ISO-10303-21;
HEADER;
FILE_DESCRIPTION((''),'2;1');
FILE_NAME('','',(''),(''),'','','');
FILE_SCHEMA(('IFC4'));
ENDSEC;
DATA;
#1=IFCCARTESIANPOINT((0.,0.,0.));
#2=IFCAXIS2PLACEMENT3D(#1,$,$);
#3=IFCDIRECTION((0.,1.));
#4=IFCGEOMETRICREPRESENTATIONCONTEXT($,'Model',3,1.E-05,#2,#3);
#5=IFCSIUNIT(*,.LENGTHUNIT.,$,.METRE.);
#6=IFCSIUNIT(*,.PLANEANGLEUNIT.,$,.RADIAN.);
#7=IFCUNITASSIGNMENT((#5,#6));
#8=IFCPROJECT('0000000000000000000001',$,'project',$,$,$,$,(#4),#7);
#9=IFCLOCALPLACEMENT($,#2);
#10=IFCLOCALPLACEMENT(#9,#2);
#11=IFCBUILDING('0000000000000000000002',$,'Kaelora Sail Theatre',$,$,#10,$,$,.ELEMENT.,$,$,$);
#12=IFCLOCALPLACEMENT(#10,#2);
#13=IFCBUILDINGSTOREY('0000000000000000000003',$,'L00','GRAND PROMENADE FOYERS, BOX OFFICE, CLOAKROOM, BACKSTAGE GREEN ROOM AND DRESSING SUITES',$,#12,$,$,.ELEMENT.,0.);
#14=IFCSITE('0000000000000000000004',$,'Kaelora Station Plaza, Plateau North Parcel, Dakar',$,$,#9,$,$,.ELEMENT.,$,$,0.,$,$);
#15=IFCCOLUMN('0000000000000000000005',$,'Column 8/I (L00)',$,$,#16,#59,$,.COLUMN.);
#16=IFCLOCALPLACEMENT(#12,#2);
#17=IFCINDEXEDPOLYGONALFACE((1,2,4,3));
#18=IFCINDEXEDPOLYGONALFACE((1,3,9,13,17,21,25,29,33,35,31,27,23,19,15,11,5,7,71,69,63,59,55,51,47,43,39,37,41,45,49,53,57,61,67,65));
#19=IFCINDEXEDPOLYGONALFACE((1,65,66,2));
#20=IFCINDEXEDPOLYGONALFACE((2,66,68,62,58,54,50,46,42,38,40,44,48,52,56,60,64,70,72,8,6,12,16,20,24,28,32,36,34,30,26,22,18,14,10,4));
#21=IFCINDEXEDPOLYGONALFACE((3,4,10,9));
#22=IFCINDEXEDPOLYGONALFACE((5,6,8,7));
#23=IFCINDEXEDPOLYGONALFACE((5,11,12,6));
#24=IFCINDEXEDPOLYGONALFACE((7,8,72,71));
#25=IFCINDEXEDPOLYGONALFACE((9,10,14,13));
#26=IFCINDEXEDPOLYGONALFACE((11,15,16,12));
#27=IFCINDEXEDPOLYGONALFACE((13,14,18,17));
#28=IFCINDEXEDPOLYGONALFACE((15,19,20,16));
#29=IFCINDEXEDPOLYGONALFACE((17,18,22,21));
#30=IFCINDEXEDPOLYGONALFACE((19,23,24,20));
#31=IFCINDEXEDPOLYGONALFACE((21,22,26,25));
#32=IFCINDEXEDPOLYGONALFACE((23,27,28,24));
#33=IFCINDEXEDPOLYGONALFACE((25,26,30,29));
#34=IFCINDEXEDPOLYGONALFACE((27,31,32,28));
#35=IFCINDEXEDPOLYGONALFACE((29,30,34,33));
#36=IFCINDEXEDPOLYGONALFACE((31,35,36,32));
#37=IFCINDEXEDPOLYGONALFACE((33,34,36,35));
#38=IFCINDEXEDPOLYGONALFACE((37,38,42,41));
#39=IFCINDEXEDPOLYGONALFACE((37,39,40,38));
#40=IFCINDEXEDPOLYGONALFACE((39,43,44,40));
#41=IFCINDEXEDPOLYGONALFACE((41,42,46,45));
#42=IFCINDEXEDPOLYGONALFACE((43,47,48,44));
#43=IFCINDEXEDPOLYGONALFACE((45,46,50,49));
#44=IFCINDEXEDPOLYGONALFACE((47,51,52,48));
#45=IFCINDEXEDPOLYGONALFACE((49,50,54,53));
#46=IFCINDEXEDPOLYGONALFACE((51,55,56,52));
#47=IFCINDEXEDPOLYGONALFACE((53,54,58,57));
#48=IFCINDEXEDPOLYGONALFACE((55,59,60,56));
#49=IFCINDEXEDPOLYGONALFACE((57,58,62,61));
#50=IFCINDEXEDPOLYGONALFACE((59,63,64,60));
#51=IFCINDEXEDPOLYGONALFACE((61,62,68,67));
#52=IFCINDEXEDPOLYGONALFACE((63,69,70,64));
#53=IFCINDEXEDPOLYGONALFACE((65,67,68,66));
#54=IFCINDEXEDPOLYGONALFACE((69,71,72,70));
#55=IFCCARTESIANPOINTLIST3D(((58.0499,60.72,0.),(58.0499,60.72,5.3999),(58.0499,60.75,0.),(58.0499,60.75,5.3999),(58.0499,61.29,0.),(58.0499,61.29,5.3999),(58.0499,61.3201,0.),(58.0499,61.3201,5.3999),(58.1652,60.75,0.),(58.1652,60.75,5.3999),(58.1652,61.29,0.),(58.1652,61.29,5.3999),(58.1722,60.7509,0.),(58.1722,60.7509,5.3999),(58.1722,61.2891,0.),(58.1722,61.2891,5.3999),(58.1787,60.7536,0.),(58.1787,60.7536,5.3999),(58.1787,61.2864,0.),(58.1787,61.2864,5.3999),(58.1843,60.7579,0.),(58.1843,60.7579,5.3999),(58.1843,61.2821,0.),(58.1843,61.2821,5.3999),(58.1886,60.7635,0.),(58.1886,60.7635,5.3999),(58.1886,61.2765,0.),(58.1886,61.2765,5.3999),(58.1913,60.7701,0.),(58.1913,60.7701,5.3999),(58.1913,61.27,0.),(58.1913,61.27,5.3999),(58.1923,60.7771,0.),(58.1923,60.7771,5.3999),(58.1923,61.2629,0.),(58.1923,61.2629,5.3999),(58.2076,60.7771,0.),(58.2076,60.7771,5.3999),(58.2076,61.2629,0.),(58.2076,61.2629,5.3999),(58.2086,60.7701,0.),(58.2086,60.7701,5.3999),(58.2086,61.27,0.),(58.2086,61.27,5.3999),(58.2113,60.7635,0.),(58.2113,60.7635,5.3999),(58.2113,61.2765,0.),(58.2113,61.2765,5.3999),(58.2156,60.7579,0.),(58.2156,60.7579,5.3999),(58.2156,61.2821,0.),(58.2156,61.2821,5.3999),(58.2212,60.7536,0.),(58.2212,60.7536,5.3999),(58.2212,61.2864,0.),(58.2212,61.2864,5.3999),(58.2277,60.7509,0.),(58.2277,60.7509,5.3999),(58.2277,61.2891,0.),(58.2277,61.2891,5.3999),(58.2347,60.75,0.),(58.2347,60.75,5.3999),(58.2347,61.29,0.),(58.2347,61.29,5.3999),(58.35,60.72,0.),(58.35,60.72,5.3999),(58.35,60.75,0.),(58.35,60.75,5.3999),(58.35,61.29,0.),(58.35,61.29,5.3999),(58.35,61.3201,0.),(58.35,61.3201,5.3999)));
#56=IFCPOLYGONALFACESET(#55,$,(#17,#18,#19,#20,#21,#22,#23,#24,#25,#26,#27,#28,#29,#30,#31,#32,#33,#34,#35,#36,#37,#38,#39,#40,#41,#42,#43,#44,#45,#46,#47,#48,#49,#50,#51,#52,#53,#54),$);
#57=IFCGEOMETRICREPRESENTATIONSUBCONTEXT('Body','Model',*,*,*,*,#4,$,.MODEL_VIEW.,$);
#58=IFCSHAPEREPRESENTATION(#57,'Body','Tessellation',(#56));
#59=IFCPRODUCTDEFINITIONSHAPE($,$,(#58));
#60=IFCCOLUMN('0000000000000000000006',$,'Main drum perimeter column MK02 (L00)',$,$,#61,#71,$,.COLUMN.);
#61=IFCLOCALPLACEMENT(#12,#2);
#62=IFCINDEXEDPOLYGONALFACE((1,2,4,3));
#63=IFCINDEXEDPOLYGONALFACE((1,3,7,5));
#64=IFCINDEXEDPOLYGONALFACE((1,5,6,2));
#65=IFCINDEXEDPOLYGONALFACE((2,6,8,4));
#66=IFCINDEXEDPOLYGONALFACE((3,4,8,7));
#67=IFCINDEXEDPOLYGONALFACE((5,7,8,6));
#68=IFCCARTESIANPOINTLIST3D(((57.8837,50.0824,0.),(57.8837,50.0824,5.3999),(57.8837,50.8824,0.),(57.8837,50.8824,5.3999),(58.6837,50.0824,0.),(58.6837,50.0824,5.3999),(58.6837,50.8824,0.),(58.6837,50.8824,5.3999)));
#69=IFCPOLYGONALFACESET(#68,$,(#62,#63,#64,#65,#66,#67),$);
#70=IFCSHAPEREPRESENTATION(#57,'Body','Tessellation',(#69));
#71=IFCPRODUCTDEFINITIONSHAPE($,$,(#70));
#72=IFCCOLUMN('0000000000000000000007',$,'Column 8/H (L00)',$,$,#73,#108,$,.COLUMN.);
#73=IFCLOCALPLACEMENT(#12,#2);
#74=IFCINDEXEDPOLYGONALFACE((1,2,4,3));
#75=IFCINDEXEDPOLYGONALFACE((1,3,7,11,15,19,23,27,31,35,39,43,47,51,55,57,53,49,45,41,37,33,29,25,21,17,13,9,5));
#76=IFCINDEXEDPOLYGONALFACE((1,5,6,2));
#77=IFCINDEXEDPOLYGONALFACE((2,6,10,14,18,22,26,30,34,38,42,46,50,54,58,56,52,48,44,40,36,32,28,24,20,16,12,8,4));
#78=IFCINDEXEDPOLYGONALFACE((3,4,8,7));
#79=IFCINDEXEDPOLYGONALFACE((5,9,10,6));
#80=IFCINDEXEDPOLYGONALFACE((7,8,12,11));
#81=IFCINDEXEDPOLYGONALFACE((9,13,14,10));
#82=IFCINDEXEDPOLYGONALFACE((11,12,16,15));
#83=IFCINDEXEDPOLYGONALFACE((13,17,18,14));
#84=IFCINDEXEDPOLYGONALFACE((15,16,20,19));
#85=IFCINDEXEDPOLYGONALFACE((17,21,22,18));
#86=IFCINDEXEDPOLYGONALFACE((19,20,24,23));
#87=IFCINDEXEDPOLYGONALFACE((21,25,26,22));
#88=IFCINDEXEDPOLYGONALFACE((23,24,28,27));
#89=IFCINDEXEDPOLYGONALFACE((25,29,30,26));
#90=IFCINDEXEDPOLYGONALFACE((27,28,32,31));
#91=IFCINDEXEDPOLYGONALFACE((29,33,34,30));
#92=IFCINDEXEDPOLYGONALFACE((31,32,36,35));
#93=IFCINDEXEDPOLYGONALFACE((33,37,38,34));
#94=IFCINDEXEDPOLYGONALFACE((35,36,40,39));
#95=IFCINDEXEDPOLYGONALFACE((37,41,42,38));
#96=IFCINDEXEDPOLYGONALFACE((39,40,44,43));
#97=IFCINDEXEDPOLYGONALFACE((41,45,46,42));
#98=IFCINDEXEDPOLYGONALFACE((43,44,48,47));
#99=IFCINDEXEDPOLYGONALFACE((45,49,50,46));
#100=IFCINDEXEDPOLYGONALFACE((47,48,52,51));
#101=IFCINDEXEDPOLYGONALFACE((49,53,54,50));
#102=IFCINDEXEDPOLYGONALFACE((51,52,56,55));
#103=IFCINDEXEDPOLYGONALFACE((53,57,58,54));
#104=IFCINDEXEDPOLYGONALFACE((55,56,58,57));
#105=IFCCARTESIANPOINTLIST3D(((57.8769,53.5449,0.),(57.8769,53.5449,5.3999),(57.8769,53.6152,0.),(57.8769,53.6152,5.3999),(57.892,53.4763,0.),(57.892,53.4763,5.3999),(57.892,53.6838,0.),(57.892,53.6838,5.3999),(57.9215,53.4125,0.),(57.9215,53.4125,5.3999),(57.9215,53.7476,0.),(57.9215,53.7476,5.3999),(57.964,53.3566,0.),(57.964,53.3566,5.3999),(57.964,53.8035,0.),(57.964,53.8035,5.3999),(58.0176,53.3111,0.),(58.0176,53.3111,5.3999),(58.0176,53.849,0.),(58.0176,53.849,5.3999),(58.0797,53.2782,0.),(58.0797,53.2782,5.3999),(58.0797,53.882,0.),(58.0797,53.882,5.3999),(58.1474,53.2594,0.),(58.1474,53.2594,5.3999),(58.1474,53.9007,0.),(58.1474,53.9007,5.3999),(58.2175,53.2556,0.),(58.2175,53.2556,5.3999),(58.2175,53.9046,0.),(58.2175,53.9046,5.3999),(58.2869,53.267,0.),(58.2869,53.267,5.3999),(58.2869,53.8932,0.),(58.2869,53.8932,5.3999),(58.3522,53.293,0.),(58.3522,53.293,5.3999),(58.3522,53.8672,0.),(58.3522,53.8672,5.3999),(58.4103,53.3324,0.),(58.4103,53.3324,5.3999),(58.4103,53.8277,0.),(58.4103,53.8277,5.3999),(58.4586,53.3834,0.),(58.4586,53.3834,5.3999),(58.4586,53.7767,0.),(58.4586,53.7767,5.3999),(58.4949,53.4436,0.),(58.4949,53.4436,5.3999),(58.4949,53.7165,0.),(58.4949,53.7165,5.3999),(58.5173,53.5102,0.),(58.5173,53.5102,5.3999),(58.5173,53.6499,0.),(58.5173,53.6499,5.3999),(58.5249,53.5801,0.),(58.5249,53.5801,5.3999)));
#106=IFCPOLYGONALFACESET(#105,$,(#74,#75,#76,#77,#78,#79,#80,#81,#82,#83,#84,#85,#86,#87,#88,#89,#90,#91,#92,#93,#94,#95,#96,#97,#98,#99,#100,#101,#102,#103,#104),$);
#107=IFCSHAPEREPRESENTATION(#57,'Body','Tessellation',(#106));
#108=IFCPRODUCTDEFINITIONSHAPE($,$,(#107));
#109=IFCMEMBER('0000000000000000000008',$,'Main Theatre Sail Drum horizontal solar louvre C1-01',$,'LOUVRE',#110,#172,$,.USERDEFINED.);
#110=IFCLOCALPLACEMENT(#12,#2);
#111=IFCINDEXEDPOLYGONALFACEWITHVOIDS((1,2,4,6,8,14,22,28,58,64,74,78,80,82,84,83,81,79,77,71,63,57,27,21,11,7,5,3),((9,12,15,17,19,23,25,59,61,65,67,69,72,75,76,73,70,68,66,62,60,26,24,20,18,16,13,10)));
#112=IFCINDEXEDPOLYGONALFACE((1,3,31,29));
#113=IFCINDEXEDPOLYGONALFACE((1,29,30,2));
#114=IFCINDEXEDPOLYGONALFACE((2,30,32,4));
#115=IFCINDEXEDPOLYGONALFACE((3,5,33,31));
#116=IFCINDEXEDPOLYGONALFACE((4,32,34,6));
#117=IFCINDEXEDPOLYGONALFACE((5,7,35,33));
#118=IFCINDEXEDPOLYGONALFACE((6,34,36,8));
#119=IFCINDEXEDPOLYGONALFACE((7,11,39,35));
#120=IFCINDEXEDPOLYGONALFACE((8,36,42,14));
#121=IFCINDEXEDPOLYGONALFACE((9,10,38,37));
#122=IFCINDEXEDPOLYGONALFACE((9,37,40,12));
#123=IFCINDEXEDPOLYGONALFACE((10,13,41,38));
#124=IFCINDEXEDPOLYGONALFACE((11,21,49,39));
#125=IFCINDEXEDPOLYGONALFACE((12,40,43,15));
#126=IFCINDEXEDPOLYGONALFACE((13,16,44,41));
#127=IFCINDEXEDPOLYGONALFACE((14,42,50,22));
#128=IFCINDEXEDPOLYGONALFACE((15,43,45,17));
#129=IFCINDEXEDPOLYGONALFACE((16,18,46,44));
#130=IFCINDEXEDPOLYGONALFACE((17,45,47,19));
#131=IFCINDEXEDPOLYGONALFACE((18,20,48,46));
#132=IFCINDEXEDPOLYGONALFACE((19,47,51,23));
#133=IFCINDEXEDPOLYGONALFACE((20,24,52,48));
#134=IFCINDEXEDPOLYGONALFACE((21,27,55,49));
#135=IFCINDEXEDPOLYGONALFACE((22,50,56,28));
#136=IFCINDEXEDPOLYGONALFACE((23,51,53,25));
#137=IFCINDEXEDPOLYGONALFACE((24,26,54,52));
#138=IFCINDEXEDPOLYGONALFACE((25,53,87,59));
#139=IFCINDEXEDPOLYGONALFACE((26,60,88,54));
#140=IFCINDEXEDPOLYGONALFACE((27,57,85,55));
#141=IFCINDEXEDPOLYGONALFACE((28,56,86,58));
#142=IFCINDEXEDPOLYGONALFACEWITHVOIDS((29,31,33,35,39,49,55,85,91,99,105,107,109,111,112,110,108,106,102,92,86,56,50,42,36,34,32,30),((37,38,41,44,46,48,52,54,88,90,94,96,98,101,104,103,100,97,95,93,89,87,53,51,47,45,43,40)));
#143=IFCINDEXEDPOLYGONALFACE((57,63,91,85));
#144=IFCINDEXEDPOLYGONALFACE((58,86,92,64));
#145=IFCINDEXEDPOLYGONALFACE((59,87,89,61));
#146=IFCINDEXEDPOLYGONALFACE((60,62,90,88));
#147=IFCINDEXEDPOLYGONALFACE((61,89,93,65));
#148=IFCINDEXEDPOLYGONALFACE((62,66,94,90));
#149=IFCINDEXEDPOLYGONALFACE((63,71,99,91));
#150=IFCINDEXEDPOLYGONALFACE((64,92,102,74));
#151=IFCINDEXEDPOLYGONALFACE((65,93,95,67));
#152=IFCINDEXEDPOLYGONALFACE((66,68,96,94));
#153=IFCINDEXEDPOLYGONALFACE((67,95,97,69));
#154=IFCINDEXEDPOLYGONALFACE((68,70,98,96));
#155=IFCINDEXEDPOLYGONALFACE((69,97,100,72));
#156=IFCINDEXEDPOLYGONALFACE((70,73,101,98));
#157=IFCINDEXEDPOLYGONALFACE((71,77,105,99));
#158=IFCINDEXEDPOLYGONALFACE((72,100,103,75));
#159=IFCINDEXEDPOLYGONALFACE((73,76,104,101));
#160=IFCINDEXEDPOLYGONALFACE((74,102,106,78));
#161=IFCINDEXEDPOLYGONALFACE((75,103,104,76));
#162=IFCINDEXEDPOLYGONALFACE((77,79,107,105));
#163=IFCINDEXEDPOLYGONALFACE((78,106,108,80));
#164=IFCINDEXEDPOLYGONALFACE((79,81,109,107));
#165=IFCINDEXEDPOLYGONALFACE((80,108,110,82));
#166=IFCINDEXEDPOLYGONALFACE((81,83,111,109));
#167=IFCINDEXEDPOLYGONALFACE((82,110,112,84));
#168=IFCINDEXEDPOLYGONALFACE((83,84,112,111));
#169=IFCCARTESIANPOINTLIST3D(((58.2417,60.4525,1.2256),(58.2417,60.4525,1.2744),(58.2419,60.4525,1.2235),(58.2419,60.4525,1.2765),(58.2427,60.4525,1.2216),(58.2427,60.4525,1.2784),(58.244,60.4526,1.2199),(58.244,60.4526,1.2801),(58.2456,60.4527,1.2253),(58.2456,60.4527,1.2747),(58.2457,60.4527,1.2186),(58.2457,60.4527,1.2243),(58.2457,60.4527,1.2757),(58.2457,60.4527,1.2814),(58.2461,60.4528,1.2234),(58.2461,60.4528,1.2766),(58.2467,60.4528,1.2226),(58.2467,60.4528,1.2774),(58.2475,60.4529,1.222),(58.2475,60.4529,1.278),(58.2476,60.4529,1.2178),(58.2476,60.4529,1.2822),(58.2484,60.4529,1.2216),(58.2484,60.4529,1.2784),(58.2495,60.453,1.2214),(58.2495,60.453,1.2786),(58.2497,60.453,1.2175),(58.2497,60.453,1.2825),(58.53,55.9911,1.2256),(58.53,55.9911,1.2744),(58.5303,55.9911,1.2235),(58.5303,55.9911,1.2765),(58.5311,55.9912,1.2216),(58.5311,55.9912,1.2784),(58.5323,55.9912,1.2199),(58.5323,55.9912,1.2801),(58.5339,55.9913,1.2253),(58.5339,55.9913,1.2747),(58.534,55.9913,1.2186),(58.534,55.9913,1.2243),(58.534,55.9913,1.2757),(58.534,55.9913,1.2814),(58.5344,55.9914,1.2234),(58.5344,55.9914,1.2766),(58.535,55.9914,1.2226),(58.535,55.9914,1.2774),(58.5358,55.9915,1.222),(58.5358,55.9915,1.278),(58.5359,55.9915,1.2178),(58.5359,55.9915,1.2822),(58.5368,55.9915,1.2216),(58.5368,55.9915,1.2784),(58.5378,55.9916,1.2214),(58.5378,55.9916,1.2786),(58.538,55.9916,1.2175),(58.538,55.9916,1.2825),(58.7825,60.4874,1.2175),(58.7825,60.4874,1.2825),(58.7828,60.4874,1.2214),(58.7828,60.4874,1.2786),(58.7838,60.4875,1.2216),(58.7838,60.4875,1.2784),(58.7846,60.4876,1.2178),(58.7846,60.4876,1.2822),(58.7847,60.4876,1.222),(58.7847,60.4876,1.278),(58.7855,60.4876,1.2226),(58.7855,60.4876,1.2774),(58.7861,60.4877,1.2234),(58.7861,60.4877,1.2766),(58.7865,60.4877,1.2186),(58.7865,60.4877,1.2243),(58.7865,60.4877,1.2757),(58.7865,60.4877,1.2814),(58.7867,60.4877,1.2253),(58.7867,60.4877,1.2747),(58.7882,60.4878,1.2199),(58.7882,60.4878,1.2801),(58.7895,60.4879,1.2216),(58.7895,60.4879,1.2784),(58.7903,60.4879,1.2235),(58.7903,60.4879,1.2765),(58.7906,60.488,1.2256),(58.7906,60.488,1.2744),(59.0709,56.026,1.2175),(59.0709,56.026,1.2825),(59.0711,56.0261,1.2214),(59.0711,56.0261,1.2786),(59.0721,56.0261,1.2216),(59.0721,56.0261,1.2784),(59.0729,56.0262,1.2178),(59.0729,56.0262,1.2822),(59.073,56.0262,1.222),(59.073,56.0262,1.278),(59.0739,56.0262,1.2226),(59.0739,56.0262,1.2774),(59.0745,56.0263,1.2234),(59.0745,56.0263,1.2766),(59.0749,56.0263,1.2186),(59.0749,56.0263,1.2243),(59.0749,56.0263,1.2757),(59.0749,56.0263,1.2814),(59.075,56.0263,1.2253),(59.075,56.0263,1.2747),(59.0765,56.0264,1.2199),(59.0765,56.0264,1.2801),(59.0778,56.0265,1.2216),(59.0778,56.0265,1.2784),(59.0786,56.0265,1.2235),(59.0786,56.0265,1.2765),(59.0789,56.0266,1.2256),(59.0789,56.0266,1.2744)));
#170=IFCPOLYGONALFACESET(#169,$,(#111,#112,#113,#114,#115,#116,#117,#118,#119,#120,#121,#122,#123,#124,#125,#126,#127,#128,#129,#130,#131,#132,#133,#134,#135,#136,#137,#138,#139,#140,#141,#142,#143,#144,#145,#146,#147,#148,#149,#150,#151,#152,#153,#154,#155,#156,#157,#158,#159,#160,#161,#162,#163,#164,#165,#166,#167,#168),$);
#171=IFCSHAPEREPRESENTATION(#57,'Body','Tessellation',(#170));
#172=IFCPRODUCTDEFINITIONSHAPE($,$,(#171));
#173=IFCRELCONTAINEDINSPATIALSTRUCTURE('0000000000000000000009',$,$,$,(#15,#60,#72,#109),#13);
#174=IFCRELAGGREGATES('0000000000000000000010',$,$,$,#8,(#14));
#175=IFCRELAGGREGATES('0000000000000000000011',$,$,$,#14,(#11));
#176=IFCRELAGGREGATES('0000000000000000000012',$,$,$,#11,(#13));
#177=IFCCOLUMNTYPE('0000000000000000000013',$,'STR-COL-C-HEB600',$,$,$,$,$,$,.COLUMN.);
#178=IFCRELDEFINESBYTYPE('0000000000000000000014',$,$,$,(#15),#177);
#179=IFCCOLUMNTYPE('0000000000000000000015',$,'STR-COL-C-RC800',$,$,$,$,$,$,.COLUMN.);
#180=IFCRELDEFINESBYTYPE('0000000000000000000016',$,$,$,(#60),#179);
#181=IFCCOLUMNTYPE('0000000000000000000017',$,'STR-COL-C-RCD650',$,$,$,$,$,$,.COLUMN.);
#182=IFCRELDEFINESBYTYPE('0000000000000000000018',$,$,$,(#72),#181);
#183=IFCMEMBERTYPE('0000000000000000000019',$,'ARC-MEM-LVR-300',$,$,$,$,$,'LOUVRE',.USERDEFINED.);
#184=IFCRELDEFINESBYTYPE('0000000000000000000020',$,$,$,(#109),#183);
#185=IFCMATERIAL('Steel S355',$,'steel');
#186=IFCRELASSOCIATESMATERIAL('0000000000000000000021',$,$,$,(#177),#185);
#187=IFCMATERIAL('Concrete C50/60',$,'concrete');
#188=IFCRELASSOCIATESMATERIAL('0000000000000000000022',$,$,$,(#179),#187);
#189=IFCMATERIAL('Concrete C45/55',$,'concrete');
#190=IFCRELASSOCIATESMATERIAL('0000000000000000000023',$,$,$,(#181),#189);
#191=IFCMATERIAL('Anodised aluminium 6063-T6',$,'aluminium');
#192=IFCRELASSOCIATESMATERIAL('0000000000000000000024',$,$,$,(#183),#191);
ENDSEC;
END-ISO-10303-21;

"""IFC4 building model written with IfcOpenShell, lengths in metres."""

from ifc_helpers import new_model, si_unit, direction, frame, origin, origin_2d, place, context, subcontext, project, spatial, rectangle, hollow_rectangle, circle, i_section, extrude, material, material_profile, profile_set, type_object, element, save


model = new_model("IFC4")

# Units and contexts
model_context = context("Model", 3, precision=1e-05, world=origin(), true_north=direction((0.0, 1.0)))
body_context = subcontext(model_context, "Body", "Model", "MODEL_VIEW")
ifc_project = project(units=[si_unit("LENGTHUNIT", "METRE"), si_unit("PLANEANGLEUNIT", "RADIAN")], contexts=[model_context])

# Site, building, storey
site_placement = place(None, origin())
site = spatial("IfcSite", under=ifc_project, at=site_placement, Name="Kaelora Station Plaza, Plateau North Parcel, Dakar", CompositionType="ELEMENT", RefElevation=0.0)
building_placement = place(site_placement, origin())
building = spatial("IfcBuilding", under=site, at=building_placement, Name="Kaelora Sail Theatre", CompositionType="ELEMENT")
storey_placement = place(building_placement, origin())
storey = spatial("IfcBuildingStorey", under=building, at=storey_placement, Name="L00", Description="GRAND PROMENADE FOYERS, BOX OFFICE, CLOAKROOM, BACKSTAGE GREEN ROOM AND DRESSING SUITES", CompositionType="ELEMENT", Elevation=0.0)

# Columns
ifc_material_1 = material(Name="Steel S355", Category="steel")
ifc_material_profile_1 = material_profile(ifc_material_1, i_section(OverallWidth=0.3, OverallDepth=0.6001, WebThickness=0.0154, FlangeThickness=0.03, FilletRadius=0.0271, at=origin_2d()), Name="HEB 600")
ifc_profile_set_1 = profile_set([ifc_material_profile_1], Name="Steel S355")
column_type_1 = type_object("IfcColumnType", Name="STR-COL-C-HEB600", PredefinedType="COLUMN", material=ifc_profile_set_1)
column_1_placement = place(storey_placement, frame((58.2, 61.02, 0.0), z_axis=(0.0, 0.0, 1.0), x_axis=(1.0, 0.0, 0.0)))
element("IfcColumn", 1, at=column_1_placement, inside=storey, type_object=column_type_1, Name="Column 8/I (L00)", PredefinedType="COLUMN", context=body_context, shape_type="SweptSolid", body=[
    extrude(i_section(OverallWidth=0.3, OverallDepth=0.6001, WebThickness=0.0154, FlangeThickness=0.03, FilletRadius=0.0271, at=origin_2d()), origin(), (0.0, 0.0, 1.0), 5.3999),
])
ifc_material_2 = material(Name="Concrete C50/60", Category="concrete")
ifc_material_profile_2 = material_profile(ifc_material_2, rectangle(XDim=0.8, YDim=0.8, at=origin_2d()), Name="RC-COL 800x800")
ifc_profile_set_2 = profile_set([ifc_material_profile_2], Name="Concrete C50/60")
column_type_2 = type_object("IfcColumnType", Name="STR-COL-C-RC800", PredefinedType="COLUMN", material=ifc_profile_set_2)
column_2_placement = place(storey_placement, frame((58.2837, 50.4824, 0.0), z_axis=(0.0, 0.0, 1.0), x_axis=(1.0, 0.0, 0.0)))
element("IfcColumn", 2, at=column_2_placement, inside=storey, type_object=column_type_2, Name="Main drum perimeter column MK02 (L00)", PredefinedType="COLUMN", context=body_context, shape_type="SweptSolid", body=[
    extrude(rectangle(XDim=0.8, YDim=0.8, at=origin_2d()), origin(), (0.0, 0.0, 1.0), 5.3999),
])
ifc_material_3 = material(Name="Concrete C45/55", Category="concrete")
ifc_material_profile_3 = material_profile(ifc_material_3, circle(Radius=0.325, at=origin_2d()), Name="RC-CCOL D650")
ifc_profile_set_3 = profile_set([ifc_material_profile_3], Name="Concrete C45/55")
column_type_3 = type_object("IfcColumnType", Name="STR-COL-C-RCD650", PredefinedType="COLUMN", material=ifc_profile_set_3)
column_3_placement = place(storey_placement, frame((58.2, 53.5801, 0.0), z_axis=(0.0, 0.0, 1.0), x_axis=(1.0, 0.0, 0.0)))
element("IfcColumn", 3, at=column_3_placement, inside=storey, type_object=column_type_3, Name="Column 8/H (L00)", PredefinedType="COLUMN", context=body_context, shape_type="SweptSolid", body=[
    extrude(circle(Radius=0.325, at=origin_2d()), origin(), (0.0, 0.0, 1.0), 5.3999),
])

# Member
ifc_material_4 = material(Name="Anodised aluminium 6063-T6", Category="aluminium")
ifc_material_profile_4 = material_profile(ifc_material_4, hollow_rectangle(XDim=0.55, YDim=0.0649, WallThickness=0.0039, InnerFilletRadius=0.0039, OuterFilletRadius=0.0081, at=origin_2d()), Name="LOUVRE 550x65x4")
ifc_profile_set_4 = profile_set([ifc_material_profile_4], Name="Anodised aluminium 6063-T6")
member_type_1 = type_object("IfcMemberType", Name="ARC-MEM-LVR-300", ElementType="LOUVRE", PredefinedType="USERDEFINED", material=ifc_profile_set_4)
for number, where, z_axis, x_axis, name in (
    (4, (58.5161, 60.4702, 1.25), (0.064493, -0.997918, 0.0), (0.997918, 0.064493, 0.0), "Main Theatre Sail Drum horizontal solar louvre C1-01"),
):
    element("IfcMember", number, at=place(storey_placement, frame(where, z_axis=z_axis, x_axis=x_axis)), inside=storey, type_object=member_type_1, Name=name, ObjectType="LOUVRE", PredefinedType="USERDEFINED", context=body_context, shape_type="SweptSolid", body=[
        extrude(hollow_rectangle(XDim=0.55, YDim=0.0649, WallThickness=0.0039, InnerFilletRadius=0.0039, OuterFilletRadius=0.0081, at=origin_2d()), origin(), (0.0, 0.0, 1.0), 4.4707),
    ])

save(model, "model.ifc")
